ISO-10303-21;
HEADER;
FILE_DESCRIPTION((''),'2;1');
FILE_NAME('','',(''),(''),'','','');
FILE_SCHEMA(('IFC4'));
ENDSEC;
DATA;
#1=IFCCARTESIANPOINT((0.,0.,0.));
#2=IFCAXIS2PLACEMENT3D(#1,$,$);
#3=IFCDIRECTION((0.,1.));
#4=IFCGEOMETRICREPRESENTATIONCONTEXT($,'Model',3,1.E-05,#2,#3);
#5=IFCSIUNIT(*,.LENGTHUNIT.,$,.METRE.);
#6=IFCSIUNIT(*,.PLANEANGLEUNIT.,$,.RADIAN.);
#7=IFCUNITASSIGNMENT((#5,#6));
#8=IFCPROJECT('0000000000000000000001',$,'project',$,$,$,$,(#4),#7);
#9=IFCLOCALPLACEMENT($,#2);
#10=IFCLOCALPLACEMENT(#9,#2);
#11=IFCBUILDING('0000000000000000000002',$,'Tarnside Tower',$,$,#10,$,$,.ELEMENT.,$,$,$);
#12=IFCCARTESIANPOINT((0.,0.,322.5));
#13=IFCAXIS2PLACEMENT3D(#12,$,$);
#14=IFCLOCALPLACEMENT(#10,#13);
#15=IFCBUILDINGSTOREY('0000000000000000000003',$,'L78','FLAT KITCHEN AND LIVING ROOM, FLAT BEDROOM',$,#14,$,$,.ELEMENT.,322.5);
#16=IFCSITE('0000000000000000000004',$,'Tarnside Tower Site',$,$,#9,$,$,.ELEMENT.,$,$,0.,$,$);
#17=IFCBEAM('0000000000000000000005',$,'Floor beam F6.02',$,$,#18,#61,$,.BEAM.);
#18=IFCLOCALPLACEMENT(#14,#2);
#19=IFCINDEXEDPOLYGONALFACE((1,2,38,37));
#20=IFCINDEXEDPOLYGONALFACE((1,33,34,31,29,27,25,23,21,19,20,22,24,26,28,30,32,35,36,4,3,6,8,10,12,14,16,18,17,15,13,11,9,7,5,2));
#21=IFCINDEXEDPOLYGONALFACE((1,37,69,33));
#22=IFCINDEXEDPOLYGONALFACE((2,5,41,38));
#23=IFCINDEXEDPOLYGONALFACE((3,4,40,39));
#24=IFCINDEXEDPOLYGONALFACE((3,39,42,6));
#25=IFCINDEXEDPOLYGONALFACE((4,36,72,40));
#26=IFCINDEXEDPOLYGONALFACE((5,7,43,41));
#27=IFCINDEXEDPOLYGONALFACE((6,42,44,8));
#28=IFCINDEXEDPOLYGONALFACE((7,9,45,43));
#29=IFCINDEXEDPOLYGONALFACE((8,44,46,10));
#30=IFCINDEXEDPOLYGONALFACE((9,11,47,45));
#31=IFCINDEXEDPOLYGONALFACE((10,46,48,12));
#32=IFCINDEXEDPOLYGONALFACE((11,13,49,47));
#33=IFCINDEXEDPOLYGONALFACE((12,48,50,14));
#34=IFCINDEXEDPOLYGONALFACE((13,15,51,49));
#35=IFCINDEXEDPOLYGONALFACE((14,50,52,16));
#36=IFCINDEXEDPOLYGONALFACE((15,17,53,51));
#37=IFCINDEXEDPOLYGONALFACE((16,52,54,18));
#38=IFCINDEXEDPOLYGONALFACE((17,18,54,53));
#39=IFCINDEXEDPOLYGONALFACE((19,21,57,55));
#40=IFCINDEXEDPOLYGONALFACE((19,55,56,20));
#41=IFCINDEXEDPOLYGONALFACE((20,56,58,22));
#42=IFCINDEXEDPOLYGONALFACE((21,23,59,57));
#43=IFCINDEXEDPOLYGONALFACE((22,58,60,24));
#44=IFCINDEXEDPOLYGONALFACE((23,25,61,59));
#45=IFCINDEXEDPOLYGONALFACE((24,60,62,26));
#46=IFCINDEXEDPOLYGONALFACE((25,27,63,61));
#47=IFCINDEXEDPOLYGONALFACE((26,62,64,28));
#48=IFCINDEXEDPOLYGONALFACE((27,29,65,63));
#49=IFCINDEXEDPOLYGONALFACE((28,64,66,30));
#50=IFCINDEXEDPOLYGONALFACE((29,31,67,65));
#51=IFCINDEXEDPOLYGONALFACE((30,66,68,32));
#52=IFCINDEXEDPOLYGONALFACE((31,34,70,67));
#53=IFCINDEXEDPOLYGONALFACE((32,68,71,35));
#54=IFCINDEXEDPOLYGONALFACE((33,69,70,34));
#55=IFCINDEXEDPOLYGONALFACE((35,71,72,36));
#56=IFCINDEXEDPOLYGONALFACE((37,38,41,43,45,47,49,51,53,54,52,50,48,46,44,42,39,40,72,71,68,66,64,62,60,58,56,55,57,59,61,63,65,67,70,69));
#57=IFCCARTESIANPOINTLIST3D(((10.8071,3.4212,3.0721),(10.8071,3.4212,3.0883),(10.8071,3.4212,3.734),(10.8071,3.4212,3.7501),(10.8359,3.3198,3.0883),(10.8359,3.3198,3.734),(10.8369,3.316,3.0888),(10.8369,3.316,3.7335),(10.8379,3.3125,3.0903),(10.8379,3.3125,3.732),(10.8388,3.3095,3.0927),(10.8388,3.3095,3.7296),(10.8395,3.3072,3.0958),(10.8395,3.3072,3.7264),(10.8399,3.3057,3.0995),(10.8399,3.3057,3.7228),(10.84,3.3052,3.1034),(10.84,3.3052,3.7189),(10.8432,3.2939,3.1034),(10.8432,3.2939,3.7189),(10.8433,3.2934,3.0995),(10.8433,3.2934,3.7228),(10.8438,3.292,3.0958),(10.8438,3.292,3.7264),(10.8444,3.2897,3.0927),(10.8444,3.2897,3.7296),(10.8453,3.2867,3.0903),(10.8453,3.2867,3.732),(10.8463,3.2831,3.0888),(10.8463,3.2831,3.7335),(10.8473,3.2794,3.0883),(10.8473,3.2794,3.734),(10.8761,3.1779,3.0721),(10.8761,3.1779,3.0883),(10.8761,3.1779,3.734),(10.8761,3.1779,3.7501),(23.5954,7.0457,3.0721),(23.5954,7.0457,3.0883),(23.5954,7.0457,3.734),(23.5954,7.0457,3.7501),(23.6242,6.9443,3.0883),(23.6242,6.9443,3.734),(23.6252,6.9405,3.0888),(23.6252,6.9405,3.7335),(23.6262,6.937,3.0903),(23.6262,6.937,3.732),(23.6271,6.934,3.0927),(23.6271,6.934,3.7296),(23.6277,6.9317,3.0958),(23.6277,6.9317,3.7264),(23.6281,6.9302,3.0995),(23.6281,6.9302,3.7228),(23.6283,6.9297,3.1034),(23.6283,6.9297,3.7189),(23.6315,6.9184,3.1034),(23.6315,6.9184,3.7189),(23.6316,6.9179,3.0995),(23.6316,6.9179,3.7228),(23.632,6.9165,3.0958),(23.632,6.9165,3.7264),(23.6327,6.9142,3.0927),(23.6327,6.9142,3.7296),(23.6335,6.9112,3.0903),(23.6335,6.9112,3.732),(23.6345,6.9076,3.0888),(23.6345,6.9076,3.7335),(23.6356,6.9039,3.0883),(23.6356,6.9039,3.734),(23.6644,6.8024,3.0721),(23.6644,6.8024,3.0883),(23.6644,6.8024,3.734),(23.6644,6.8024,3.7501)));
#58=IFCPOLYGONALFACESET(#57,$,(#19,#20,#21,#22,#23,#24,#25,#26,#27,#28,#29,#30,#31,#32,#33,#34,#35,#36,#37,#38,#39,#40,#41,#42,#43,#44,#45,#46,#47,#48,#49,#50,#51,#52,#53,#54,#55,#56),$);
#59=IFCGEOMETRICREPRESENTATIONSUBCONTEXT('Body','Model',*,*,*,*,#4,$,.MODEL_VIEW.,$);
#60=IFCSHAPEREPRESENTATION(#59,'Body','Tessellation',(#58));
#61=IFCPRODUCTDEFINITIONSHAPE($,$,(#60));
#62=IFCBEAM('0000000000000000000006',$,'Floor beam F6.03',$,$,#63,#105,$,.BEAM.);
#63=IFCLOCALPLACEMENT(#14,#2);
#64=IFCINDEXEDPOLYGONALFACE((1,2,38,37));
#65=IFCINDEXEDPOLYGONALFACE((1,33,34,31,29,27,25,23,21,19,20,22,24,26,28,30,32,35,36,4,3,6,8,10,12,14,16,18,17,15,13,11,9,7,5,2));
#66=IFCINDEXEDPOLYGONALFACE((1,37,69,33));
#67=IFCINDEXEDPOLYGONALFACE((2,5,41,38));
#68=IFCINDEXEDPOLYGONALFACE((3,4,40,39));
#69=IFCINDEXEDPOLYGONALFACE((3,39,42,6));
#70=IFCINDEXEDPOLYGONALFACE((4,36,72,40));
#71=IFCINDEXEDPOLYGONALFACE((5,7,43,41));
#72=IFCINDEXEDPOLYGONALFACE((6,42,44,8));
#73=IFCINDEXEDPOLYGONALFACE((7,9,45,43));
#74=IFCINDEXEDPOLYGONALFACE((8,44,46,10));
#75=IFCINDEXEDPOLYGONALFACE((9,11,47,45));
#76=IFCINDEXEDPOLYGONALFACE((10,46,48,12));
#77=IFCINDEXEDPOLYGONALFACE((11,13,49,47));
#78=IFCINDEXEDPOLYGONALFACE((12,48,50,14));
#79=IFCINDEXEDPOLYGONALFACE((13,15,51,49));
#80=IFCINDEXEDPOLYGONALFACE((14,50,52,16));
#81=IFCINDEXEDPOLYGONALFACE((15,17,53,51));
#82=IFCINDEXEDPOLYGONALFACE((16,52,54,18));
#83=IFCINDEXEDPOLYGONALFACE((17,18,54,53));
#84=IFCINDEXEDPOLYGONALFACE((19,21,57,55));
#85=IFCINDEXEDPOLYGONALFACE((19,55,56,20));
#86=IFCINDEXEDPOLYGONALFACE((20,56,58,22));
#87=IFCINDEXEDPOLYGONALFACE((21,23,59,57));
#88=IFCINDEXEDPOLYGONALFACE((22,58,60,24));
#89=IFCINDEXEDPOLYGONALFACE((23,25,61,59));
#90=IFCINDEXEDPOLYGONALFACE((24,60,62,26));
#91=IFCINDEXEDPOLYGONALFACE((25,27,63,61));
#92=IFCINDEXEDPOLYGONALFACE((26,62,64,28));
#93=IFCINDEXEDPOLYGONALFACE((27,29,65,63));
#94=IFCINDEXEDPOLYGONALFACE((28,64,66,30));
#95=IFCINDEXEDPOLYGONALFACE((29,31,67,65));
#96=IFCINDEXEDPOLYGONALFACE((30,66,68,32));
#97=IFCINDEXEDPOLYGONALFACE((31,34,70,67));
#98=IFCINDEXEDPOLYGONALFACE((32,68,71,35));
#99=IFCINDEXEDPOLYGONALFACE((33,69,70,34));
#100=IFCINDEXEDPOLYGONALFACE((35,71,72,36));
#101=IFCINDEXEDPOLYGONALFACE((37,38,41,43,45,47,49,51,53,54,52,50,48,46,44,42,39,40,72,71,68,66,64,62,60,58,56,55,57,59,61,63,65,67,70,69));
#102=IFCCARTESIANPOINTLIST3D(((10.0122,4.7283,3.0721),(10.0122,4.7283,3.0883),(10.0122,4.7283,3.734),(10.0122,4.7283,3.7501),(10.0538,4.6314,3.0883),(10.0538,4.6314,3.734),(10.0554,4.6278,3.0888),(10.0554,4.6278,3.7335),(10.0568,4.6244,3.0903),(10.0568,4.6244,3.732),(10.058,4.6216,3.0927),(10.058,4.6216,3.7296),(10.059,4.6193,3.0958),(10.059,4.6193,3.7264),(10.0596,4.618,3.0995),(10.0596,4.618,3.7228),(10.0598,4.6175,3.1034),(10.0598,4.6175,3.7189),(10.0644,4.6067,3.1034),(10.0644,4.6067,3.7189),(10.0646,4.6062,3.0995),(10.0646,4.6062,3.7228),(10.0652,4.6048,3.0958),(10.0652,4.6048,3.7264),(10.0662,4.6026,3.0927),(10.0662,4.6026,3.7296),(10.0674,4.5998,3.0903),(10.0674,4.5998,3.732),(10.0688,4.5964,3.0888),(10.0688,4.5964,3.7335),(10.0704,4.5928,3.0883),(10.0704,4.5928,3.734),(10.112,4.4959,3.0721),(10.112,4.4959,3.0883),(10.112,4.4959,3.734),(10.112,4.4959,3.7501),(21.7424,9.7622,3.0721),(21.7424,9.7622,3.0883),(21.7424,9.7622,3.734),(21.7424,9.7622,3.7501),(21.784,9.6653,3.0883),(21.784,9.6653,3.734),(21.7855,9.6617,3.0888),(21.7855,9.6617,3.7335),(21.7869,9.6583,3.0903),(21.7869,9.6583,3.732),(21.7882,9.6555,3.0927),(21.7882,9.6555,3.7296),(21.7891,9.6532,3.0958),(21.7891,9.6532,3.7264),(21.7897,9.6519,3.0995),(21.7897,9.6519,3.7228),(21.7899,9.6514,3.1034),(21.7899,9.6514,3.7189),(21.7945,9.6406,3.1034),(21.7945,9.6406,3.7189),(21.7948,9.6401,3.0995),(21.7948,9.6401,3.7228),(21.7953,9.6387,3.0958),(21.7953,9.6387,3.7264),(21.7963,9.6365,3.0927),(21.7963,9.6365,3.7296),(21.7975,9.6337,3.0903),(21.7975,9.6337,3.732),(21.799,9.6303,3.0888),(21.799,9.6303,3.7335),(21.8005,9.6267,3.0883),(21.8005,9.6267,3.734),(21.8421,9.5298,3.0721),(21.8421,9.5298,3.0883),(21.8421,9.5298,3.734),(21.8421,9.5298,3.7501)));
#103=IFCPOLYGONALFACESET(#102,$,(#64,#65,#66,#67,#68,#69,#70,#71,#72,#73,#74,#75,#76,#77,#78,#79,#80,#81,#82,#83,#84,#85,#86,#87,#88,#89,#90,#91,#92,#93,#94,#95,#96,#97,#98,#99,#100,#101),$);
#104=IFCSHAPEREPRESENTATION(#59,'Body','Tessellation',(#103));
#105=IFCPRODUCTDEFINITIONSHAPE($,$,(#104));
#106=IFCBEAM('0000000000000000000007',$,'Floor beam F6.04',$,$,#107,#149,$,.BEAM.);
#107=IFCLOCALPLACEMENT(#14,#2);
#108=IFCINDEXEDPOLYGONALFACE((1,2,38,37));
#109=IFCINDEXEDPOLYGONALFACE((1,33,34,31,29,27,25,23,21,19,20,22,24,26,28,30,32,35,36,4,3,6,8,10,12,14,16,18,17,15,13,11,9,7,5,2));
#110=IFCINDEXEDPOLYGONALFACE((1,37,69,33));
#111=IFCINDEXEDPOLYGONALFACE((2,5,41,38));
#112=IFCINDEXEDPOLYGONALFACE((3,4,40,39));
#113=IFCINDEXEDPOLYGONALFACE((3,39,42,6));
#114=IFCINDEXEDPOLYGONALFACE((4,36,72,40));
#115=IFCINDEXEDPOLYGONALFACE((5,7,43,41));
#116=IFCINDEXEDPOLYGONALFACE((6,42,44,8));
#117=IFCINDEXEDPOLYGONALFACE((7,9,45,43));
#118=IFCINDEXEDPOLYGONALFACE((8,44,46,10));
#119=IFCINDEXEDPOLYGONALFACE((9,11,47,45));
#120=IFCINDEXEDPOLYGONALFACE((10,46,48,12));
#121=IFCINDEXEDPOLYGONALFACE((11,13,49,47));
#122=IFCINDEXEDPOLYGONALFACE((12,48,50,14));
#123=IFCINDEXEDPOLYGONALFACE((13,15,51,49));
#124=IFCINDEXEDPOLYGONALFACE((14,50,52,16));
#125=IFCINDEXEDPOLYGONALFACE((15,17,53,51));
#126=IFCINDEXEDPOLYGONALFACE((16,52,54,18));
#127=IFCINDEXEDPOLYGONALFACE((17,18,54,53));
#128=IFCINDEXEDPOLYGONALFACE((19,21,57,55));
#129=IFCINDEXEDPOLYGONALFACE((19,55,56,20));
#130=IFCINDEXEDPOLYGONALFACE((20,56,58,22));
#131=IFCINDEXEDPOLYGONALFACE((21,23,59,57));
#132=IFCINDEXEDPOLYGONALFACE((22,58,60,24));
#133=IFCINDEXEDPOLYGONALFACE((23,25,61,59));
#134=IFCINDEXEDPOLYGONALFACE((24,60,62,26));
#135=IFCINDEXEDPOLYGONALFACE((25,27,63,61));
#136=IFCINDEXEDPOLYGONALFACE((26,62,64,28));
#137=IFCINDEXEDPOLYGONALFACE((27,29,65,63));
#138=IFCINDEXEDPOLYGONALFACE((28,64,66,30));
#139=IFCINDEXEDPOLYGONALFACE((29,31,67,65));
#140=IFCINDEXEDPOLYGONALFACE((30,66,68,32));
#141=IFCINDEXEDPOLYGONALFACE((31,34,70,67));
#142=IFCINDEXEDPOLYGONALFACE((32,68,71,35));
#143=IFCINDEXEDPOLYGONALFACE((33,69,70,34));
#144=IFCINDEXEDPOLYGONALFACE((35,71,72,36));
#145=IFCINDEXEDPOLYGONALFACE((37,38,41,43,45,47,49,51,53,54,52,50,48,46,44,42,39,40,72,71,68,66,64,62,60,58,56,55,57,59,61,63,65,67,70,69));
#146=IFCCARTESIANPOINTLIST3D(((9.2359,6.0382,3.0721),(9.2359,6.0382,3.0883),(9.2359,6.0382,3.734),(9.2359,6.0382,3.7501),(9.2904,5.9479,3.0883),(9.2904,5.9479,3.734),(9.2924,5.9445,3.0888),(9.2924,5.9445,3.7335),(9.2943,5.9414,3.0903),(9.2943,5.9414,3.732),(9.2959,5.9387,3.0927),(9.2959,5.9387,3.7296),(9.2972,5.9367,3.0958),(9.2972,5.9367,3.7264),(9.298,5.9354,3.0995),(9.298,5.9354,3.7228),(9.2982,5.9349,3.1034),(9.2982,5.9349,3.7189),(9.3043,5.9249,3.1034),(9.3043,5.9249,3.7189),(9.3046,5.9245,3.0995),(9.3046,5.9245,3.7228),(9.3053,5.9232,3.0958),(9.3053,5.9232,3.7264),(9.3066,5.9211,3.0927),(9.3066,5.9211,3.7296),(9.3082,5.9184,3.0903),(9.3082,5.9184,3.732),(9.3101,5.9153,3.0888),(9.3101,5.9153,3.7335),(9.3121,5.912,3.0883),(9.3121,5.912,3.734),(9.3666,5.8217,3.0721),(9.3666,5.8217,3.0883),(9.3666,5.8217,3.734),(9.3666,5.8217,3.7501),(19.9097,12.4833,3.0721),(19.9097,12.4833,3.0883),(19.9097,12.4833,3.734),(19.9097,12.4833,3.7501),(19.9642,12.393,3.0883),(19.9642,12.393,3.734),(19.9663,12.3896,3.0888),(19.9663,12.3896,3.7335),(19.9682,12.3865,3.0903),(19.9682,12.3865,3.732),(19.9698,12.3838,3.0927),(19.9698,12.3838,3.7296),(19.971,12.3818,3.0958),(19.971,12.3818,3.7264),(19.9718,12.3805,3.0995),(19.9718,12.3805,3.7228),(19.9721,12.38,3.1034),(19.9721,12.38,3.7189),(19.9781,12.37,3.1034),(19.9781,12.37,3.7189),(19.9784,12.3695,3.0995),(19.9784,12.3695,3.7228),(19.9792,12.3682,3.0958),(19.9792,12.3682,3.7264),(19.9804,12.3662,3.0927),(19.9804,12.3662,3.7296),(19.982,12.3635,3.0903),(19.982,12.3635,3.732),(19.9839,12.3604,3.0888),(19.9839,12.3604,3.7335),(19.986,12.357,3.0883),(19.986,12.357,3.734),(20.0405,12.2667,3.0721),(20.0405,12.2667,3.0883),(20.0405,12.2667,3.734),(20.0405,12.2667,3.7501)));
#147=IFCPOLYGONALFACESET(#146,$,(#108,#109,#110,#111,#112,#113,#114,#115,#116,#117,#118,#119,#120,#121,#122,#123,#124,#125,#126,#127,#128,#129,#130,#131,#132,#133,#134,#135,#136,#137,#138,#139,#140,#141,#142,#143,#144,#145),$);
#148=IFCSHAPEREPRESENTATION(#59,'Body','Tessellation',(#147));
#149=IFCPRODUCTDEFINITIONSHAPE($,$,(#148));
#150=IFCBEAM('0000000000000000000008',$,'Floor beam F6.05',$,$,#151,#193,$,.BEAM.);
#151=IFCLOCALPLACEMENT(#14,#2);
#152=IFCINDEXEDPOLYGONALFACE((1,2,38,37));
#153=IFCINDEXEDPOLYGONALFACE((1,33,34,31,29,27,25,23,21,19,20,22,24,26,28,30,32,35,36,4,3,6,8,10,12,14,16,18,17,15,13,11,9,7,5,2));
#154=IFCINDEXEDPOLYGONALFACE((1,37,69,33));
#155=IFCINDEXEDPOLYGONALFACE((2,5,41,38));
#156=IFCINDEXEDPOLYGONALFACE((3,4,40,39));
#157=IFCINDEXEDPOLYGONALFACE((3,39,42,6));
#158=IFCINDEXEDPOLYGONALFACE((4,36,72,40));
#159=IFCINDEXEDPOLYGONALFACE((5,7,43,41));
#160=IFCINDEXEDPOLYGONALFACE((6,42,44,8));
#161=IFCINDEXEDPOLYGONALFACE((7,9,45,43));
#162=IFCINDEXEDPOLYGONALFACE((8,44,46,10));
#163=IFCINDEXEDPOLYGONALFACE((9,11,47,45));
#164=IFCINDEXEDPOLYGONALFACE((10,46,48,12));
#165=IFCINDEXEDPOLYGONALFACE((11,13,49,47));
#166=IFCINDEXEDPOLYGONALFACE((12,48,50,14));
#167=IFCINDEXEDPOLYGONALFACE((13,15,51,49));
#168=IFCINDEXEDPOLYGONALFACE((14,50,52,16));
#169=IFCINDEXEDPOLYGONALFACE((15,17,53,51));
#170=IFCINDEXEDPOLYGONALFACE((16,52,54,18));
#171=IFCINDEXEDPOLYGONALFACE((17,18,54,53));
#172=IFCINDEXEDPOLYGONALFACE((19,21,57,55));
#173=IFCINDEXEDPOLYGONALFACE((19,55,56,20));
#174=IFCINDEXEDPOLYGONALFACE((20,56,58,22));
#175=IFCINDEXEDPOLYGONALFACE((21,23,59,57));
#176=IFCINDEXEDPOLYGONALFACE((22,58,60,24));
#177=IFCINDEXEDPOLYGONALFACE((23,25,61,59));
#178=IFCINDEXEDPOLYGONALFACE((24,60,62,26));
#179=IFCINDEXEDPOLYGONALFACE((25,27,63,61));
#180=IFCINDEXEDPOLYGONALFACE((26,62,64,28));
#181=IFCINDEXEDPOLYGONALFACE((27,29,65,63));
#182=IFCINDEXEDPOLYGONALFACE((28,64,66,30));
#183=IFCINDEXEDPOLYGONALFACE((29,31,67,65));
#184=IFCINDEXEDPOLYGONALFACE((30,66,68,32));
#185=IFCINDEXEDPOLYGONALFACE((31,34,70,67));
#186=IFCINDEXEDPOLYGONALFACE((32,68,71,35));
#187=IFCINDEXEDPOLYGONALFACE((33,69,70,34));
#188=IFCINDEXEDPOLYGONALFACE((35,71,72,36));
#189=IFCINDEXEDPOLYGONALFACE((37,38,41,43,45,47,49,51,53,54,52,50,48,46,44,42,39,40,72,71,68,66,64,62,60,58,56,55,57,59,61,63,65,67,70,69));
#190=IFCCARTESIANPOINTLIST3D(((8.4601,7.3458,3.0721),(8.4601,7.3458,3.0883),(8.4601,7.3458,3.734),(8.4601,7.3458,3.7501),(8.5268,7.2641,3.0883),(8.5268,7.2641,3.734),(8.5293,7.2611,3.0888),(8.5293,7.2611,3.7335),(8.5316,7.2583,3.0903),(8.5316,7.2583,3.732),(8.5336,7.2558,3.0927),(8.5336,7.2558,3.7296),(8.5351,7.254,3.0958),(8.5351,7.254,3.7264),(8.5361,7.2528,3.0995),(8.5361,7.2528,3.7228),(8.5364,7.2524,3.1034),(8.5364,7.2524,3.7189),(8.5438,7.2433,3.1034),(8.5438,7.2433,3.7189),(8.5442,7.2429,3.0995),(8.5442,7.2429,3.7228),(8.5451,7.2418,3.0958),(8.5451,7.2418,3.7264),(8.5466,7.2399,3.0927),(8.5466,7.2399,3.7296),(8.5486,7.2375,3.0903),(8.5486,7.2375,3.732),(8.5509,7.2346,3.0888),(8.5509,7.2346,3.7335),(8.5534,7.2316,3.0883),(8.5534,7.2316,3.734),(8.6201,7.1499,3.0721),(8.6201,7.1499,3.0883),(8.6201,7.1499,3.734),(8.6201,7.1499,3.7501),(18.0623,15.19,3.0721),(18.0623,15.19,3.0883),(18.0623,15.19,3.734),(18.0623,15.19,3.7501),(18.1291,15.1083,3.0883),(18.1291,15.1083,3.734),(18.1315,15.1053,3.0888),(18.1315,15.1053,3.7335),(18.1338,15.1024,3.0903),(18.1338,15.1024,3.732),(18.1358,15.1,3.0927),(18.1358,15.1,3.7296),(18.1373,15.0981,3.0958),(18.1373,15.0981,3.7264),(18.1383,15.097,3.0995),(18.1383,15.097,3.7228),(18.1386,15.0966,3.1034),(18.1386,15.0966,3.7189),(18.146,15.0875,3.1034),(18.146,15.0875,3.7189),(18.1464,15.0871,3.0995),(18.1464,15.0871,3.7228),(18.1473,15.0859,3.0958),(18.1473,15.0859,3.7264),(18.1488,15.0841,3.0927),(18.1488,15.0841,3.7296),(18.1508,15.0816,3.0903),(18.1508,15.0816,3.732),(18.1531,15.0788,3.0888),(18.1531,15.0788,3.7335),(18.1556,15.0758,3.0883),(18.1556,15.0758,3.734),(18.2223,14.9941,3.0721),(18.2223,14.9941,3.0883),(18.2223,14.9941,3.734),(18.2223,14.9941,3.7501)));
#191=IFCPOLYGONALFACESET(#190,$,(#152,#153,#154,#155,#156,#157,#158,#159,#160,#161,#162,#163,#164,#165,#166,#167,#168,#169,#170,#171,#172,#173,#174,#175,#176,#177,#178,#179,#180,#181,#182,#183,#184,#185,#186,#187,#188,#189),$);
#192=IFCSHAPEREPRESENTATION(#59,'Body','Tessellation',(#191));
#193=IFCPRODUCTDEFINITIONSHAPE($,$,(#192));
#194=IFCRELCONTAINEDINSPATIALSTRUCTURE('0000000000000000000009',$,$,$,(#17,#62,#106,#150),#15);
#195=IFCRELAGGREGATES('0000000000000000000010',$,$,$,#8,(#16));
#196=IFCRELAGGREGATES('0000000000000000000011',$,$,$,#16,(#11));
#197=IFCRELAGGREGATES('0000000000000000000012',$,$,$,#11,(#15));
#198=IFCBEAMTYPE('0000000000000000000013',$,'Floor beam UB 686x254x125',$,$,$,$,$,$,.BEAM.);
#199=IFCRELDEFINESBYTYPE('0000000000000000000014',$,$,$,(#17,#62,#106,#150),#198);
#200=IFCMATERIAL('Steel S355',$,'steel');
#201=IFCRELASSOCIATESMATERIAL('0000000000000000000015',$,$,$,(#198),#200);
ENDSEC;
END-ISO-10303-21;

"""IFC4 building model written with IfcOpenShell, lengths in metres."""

from ifc_helpers import new_model, si_unit, direction, frame, origin, origin_2d, place, context, subcontext, project, spatial, i_section, extrude, material, material_profile, profile_set, type_object, element, save


model = new_model("IFC4")

# Units and contexts
model_context = context("Model", 3, precision=1e-05, world=origin(), true_north=direction((0.0, 1.0)))
body_context = subcontext(model_context, "Body", "Model", "MODEL_VIEW")
ifc_project = project(units=[si_unit("LENGTHUNIT", "METRE"), si_unit("PLANEANGLEUNIT", "RADIAN")], contexts=[model_context])

# Site, building, storey
site_placement = place(None, origin())
site = spatial("IfcSite", under=ifc_project, at=site_placement, Name="Tarnside Tower Site", CompositionType="ELEMENT", RefElevation=0.0)
building_placement = place(site_placement, origin())
building = spatial("IfcBuilding", under=site, at=building_placement, Name="Tarnside Tower", CompositionType="ELEMENT")
storey_placement = place(building_placement, frame((0.0, 0.0, 322.5)))
storey = spatial("IfcBuildingStorey", under=building, at=storey_placement, Name="L78", Description="FLAT KITCHEN AND LIVING ROOM, FLAT BEDROOM", CompositionType="ELEMENT", Elevation=322.5)

# Beams
ifc_material_1 = material(Name="Steel S355", Category="steel")
ifc_material_profile_1 = material_profile(ifc_material_1, i_section(OverallWidth=0.2529, OverallDepth=0.678, WebThickness=0.0117, FlangeThickness=0.0161, FilletRadius=0.0151, at=origin_2d()), Name="UB 686x254x125")
ifc_profile_set_1 = profile_set([ifc_material_profile_1], Name="Steel S355")
beam_type_1 = type_object("IfcBeamType", Name="Floor beam UB 686x254x125", PredefinedType="BEAM", material=ifc_profile_set_1)
beam_1_placement = place(storey_placement, frame((23.6299, 6.9241, 3.4111), z_axis=(-0.962104, -0.272683, 0.0), x_axis=(0.272683, -0.962104, 0.0)))
element("IfcBeam", 1, at=beam_1_placement, inside=storey, type_object=beam_type_1, Name="Floor beam F6.02", PredefinedType="BEAM", context=body_context, shape_type="SweptSolid", body=[
    extrude(i_section(OverallWidth=0.2529, OverallDepth=0.678, WebThickness=0.0117, FlangeThickness=0.0161, FilletRadius=0.0151, at=origin_2d()), origin(), (0.0, 0.0, 1.0), 13.292),
])
beam_2_placement = place(storey_placement, frame((21.7922, 9.646, 3.4111), z_axis=(-0.918955, -0.394362, 0.0), x_axis=(0.394362, -0.918955, 0.0)))
element("IfcBeam", 2, at=beam_2_placement, inside=storey, type_object=beam_type_1, Name="Floor beam F6.03", PredefinedType="BEAM", context=body_context, shape_type="SweptSolid", body=[
    extrude(i_section(OverallWidth=0.2529, OverallDepth=0.678, WebThickness=0.0117, FlangeThickness=0.0161, FilletRadius=0.0151, at=origin_2d()), origin(), (0.0, 0.0, 1.0), 12.7646),
])
beam_3_placement = place(storey_placement, frame((19.9751, 12.375, 3.4111), z_axis=(-0.856047, -0.516898, 0.0), x_axis=(0.516898, -0.856047, 0.0)))
element("IfcBeam", 3, at=beam_3_placement, inside=storey, type_object=beam_type_1, Name="Floor beam F6.04", PredefinedType="BEAM", context=body_context, shape_type="SweptSolid", body=[
    extrude(i_section(OverallWidth=0.2529, OverallDepth=0.678, WebThickness=0.0117, FlangeThickness=0.0161, FilletRadius=0.0151, at=origin_2d()), origin(), (0.0, 0.0, 1.0), 12.4688),
])
beam_4_placement = place(storey_placement, frame((18.1423, 15.092, 3.4111), z_axis=(-0.774439, -0.632649, 0.0), x_axis=(0.632649, -0.774439, 0.0)))
element("IfcBeam", 4, at=beam_4_placement, inside=storey, type_object=beam_type_1, Name="Floor beam F6.05", PredefinedType="BEAM", context=body_context, shape_type="SweptSolid", body=[
    extrude(i_section(OverallWidth=0.2529, OverallDepth=0.678, WebThickness=0.0117, FlangeThickness=0.0161, FilletRadius=0.0151, at=origin_2d()), origin(), (0.0, 0.0, 1.0), 12.3989),
])

save(model, "model.ifc")
